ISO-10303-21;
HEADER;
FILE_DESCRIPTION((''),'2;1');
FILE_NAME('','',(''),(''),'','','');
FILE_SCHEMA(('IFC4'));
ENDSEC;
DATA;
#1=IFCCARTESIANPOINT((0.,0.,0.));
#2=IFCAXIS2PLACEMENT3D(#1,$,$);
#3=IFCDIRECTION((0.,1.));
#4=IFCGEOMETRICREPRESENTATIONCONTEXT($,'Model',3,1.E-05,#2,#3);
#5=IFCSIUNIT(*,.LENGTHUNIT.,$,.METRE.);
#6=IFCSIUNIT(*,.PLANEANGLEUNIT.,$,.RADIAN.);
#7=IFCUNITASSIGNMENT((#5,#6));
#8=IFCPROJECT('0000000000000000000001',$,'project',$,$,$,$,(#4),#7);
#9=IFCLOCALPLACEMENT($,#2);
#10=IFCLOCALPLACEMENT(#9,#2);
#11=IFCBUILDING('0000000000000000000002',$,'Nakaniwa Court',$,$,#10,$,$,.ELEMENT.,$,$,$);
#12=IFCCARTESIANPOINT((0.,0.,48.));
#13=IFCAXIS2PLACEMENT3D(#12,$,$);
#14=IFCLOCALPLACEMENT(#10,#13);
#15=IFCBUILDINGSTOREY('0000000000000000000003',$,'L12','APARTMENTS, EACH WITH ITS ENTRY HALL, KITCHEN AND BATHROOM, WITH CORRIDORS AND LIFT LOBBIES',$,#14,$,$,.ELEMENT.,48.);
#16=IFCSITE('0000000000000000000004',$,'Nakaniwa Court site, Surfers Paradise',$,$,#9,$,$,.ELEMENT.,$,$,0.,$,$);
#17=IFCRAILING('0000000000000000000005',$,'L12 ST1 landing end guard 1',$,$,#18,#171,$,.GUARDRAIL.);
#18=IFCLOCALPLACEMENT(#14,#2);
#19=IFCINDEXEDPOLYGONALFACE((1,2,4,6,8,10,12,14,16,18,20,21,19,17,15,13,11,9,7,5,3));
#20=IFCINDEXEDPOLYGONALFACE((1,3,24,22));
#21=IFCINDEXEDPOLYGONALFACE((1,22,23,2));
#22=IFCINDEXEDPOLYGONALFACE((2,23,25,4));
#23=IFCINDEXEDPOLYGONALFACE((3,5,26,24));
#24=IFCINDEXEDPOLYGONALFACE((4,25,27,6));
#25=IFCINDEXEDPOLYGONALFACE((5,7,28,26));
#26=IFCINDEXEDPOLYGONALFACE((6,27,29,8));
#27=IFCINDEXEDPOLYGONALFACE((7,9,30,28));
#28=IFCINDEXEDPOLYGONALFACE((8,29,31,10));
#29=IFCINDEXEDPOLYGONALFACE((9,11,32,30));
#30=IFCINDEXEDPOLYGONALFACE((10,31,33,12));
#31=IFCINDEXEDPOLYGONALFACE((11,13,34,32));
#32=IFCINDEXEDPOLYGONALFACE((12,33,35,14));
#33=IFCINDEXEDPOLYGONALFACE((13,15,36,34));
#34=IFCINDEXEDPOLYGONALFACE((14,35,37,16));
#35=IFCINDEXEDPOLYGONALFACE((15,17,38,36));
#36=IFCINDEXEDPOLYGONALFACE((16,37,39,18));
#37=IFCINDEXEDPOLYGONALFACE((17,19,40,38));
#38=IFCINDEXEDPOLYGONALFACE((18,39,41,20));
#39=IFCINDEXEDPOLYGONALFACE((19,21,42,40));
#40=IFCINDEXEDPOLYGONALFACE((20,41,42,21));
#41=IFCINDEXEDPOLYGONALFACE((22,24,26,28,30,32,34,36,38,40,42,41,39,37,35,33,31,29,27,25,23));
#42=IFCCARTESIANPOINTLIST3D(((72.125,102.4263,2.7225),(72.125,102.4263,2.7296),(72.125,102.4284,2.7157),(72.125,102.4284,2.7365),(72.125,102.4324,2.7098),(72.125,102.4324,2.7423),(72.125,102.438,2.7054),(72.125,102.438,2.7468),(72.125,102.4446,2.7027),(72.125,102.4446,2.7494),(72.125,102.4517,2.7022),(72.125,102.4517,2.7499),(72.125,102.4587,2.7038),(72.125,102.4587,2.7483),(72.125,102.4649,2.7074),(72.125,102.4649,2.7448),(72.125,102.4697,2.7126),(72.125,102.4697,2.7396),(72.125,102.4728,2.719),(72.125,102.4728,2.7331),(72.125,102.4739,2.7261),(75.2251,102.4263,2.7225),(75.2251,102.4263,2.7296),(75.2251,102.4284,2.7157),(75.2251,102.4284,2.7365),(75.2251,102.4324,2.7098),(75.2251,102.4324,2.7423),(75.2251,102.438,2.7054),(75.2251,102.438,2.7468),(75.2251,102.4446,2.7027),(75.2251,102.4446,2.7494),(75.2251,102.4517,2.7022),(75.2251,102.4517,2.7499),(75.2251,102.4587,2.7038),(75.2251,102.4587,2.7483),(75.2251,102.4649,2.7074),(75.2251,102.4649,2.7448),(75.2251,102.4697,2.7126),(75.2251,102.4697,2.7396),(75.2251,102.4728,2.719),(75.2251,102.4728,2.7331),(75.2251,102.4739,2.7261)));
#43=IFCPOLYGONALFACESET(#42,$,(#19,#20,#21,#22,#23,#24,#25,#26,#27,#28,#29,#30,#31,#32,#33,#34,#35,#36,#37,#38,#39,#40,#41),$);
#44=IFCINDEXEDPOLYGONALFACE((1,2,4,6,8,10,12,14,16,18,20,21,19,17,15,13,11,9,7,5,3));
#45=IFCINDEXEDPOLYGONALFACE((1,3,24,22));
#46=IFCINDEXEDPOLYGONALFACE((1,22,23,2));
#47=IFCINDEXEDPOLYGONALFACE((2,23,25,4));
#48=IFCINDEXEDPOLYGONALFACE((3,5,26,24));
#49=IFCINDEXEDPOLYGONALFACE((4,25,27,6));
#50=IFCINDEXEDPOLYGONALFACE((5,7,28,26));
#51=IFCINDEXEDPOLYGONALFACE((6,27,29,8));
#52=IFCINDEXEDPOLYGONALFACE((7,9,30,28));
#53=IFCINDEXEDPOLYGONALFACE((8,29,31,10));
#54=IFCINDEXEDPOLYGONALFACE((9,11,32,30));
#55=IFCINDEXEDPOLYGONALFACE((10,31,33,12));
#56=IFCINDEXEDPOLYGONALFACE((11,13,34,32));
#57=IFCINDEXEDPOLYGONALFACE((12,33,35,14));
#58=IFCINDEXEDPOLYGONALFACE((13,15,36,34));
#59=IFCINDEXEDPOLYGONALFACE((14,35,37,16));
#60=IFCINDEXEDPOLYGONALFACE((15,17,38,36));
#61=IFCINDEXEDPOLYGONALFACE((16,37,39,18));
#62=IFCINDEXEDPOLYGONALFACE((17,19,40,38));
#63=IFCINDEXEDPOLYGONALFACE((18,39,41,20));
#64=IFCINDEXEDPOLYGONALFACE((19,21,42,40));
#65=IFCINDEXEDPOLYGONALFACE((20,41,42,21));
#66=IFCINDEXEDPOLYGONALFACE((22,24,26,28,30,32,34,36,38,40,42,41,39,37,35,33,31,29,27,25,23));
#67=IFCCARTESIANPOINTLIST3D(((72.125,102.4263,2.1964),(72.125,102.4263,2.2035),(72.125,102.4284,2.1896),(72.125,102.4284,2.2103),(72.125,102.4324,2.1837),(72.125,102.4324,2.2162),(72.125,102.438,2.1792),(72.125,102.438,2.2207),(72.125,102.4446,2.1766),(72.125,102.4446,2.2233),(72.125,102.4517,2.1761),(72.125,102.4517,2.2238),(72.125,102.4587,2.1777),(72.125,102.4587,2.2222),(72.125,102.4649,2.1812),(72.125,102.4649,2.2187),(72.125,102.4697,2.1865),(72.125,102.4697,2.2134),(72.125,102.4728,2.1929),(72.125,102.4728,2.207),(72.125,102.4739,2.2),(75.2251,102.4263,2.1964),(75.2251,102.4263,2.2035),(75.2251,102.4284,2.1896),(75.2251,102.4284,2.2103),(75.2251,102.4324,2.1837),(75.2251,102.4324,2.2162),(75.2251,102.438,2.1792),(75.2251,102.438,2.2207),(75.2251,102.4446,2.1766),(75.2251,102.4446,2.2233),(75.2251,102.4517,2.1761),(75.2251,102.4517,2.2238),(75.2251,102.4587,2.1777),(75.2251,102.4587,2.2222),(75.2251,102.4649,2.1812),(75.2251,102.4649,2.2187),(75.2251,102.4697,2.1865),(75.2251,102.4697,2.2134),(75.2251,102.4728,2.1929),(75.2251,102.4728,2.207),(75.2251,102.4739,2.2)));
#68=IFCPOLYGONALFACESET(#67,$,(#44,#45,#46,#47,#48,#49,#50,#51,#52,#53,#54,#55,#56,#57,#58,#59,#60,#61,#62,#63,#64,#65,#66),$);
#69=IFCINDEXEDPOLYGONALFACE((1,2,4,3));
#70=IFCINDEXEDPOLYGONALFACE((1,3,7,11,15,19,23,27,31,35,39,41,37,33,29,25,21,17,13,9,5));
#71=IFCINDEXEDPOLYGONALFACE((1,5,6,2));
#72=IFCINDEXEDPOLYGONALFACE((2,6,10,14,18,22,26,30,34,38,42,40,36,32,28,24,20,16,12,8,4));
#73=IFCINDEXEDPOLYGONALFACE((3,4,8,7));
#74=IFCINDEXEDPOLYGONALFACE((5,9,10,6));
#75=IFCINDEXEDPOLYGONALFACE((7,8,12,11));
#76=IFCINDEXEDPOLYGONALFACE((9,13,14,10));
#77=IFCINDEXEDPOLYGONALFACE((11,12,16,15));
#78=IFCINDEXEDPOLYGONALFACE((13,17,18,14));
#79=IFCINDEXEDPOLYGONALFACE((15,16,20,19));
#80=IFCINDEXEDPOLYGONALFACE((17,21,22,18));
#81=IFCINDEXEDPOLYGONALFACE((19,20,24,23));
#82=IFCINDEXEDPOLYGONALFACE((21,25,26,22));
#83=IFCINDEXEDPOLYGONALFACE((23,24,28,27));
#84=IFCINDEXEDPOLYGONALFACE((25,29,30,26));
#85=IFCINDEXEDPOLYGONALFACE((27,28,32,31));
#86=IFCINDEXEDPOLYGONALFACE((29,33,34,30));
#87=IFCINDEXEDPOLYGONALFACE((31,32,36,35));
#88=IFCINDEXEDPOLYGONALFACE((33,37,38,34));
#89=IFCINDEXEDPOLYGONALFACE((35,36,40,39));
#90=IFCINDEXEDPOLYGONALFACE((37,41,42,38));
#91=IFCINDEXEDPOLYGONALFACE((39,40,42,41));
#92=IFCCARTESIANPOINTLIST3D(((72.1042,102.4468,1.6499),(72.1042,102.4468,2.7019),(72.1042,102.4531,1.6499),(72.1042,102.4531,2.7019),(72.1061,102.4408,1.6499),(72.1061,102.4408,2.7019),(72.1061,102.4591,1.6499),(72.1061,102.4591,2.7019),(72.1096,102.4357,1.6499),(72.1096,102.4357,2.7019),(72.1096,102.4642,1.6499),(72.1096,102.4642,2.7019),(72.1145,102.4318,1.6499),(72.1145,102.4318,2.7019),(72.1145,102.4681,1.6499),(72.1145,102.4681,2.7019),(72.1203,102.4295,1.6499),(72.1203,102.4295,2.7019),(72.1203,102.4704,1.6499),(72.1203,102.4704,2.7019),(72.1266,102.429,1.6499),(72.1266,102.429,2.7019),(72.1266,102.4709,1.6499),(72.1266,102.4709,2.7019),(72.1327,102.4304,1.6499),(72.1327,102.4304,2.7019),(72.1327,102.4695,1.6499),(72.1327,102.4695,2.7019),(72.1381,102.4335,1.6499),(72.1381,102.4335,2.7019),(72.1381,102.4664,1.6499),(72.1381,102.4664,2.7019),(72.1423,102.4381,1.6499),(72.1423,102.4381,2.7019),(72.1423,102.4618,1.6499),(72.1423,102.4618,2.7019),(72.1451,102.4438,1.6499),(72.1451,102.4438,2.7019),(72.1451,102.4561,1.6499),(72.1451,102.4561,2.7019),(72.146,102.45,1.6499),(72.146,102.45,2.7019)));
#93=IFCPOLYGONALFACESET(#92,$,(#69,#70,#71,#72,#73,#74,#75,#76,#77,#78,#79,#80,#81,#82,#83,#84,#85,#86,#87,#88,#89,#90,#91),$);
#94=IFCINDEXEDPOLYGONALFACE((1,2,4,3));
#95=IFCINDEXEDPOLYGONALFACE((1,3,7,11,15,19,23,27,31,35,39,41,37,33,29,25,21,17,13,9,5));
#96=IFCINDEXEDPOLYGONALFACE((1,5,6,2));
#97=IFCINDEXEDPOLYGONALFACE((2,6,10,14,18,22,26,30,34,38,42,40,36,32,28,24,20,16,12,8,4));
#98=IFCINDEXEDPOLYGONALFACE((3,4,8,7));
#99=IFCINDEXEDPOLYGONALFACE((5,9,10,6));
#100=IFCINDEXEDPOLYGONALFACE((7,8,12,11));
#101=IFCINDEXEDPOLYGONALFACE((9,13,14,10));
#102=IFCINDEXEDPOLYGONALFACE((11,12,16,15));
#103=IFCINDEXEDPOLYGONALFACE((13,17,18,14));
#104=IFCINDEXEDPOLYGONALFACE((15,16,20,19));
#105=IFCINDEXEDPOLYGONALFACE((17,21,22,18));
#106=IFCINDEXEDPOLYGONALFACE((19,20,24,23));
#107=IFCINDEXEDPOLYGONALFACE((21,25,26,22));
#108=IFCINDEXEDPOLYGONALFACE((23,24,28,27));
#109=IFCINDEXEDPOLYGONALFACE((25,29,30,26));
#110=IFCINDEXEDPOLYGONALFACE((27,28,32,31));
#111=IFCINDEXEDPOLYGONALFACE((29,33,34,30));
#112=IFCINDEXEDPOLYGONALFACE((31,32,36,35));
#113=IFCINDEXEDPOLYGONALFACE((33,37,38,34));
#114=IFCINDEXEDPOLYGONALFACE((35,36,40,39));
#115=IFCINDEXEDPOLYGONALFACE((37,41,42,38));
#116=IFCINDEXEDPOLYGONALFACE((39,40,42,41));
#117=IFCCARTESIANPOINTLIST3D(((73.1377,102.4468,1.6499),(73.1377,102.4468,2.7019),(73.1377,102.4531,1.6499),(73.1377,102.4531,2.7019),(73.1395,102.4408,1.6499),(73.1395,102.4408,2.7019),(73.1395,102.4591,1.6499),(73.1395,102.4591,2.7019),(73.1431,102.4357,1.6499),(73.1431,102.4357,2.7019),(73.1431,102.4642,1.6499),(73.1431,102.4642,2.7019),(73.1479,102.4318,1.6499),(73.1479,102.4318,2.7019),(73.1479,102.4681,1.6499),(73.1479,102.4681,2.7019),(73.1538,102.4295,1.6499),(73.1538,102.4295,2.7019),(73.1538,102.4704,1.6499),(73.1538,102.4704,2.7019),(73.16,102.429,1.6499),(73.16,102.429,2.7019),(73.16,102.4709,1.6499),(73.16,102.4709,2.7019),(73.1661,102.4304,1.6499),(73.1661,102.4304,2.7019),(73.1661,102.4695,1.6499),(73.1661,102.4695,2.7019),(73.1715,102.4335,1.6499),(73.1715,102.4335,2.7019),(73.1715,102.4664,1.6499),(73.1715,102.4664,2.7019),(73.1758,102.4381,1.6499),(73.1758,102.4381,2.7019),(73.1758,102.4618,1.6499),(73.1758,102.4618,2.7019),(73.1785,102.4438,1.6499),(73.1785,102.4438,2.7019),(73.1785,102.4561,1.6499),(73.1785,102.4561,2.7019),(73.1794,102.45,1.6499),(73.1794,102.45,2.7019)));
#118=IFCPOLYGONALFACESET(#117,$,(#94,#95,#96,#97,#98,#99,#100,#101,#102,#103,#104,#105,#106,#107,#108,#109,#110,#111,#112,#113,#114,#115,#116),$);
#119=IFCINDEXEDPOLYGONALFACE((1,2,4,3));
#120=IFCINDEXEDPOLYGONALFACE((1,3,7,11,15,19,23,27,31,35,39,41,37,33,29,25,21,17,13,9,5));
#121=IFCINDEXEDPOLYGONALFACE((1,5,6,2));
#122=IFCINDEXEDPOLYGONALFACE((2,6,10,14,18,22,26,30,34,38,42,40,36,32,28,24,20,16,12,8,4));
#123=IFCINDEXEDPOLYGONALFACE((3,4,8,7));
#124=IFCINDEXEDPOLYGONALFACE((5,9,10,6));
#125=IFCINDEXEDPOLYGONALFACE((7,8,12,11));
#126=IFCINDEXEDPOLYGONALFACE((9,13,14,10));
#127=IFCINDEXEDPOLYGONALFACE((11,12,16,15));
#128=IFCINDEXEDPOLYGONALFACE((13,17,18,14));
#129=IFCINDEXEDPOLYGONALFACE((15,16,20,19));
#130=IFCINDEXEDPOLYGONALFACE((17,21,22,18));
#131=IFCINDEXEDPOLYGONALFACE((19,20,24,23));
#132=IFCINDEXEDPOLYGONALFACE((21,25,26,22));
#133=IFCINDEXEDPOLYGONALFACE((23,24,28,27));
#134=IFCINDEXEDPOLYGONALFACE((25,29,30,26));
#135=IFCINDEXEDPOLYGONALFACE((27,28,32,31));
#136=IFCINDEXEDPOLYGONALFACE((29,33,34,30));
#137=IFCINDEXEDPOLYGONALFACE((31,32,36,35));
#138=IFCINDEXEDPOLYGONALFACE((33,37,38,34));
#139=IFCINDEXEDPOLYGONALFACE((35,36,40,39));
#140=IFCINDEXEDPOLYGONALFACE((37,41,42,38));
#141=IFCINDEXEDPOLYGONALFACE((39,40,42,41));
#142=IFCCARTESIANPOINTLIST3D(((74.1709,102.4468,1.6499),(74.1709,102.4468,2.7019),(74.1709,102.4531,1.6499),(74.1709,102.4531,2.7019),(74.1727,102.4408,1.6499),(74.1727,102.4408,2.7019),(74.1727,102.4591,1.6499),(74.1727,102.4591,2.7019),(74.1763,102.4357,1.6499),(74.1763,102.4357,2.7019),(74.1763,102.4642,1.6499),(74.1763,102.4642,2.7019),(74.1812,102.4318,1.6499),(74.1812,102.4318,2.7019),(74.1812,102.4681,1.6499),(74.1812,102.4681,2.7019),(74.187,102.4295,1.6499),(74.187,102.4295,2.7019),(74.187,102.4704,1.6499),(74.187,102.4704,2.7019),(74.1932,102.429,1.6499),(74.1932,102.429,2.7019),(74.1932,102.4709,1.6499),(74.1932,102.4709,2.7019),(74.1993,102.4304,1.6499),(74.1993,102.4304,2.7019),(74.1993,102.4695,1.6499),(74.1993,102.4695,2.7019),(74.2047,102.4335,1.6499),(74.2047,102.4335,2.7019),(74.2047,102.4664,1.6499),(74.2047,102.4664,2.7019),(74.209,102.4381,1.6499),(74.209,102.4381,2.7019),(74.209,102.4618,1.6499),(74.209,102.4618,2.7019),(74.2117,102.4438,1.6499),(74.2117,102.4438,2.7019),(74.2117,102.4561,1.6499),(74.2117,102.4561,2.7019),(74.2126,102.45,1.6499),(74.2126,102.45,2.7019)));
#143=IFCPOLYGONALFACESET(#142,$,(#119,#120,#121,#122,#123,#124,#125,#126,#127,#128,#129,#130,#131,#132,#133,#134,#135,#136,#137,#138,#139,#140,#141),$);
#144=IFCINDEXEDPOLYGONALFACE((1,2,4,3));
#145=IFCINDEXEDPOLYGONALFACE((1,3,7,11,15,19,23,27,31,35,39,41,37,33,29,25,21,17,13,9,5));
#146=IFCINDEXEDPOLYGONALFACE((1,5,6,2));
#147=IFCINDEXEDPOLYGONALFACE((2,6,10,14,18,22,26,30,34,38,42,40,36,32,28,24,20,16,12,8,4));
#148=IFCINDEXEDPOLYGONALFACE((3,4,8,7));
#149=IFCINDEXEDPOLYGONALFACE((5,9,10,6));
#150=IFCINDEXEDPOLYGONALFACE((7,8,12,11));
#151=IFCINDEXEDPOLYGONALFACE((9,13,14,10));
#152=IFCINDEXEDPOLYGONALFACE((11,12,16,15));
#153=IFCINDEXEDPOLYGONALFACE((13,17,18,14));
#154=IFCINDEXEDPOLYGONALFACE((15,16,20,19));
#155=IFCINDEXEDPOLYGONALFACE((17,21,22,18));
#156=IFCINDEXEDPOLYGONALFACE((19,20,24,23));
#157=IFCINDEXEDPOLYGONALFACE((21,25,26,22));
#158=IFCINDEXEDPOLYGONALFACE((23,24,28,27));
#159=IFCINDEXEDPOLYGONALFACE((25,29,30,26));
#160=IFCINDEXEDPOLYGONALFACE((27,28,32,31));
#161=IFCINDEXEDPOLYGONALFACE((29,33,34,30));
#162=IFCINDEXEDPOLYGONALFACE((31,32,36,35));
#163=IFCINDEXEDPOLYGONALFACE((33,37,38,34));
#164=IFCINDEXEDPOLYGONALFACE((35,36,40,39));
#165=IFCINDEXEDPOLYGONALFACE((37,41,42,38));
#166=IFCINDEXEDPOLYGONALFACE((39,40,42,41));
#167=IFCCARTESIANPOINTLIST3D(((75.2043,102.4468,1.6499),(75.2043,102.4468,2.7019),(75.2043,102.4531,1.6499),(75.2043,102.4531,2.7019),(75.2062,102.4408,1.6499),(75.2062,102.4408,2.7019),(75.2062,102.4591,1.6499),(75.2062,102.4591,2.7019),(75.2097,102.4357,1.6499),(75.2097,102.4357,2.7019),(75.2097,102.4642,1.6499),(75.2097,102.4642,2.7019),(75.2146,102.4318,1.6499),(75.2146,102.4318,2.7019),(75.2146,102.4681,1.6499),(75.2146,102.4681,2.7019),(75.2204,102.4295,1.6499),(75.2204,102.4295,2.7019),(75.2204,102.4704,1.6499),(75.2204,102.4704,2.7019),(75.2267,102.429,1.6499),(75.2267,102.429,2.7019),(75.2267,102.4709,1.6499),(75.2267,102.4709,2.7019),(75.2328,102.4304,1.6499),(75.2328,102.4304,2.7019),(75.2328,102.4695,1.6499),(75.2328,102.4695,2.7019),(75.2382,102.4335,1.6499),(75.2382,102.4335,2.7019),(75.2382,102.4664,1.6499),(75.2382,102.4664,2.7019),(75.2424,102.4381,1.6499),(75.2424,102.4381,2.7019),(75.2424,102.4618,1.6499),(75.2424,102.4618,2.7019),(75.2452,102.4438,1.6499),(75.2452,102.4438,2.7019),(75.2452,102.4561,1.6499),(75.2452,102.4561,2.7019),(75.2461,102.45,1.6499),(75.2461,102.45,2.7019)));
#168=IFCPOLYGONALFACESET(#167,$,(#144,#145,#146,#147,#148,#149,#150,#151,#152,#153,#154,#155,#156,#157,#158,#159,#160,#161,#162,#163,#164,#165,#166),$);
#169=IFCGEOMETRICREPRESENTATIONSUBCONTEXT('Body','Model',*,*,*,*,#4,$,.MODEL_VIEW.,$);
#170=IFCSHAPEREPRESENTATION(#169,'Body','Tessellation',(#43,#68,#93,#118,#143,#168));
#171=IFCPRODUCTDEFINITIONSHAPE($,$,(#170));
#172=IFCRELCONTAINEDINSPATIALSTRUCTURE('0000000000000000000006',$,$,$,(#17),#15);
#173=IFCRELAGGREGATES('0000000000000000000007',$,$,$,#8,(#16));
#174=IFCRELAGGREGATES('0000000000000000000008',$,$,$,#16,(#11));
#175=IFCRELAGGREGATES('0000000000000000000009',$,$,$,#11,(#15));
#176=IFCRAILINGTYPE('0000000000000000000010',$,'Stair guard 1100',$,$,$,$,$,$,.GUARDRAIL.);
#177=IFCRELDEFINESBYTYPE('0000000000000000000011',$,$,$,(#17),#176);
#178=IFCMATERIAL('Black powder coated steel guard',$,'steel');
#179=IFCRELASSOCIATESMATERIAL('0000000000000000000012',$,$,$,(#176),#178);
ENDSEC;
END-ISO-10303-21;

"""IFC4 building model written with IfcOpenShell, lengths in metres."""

from ifc_helpers import new_model, si_unit, direction, frame, origin, origin_2d, place, context, subcontext, project, spatial, circle, extrude, material, type_object, element, save


model = new_model("IFC4")

# Units and contexts
model_context = context("Model", 3, precision=1e-05, world=origin(), true_north=direction((0.0, 1.0)))
body_context = subcontext(model_context, "Body", "Model", "MODEL_VIEW")
ifc_project = project(units=[si_unit("LENGTHUNIT", "METRE"), si_unit("PLANEANGLEUNIT", "RADIAN")], contexts=[model_context])

# Site, building, storey
site_placement = place(None, origin())
site = spatial("IfcSite", under=ifc_project, at=site_placement, Name="Nakaniwa Court site, Surfers Paradise", CompositionType="ELEMENT", RefElevation=0.0)
building_placement = place(site_placement, origin())
building = spatial("IfcBuilding", under=site, at=building_placement, Name="Nakaniwa Court", CompositionType="ELEMENT")
storey_placement = place(building_placement, frame((0.0, 0.0, 48.0)))
storey = spatial("IfcBuildingStorey", under=building, at=storey_placement, Name="L12", Description="APARTMENTS, EACH WITH ITS ENTRY HALL, KITCHEN AND BATHROOM, WITH CORRIDORS AND LIFT LOBBIES", CompositionType="ELEMENT", Elevation=48.0)

# Railing
ifc_material_1 = material(Name="Black powder coated steel guard", Category="steel")
railing_type_1 = type_object("IfcRailingType", Name="Stair guard 1100", PredefinedType="GUARDRAIL", material=ifc_material_1)
railing_1_placement = place(storey_placement, frame((72.125, 102.45, 1.6499)))
element("IfcRailing", 1, at=railing_1_placement, inside=storey, type_object=railing_type_1, Name="L12 ST1 landing end guard 1", PredefinedType="GUARDRAIL", context=body_context, shape_type="SweptSolid", body=[
    extrude(circle(Radius=0.0239, at=origin_2d()), frame((0.0, 0.0, 1.0762), z_axis=(1.0, 0.0, 0.0), x_axis=(0.0, 1.0, 0.0)), (0.0, 0.0, 1.0), 3.1001),
    extrude(circle(Radius=0.0239, at=origin_2d()), frame((0.0, 0.0, 0.55), z_axis=(1.0, 0.0, 0.0), x_axis=(0.0, 1.0, 0.0)), (0.0, 0.0, 1.0), 3.1001),
    extrude(circle(Radius=0.021, at=origin_2d()), origin(), (0.0, 0.0, 1.0), 1.052),
    extrude(circle(Radius=0.021, at=origin_2d()), frame((1.0334, 0.0, 0.0)), (0.0, 0.0, 1.0), 1.052),
    extrude(circle(Radius=0.021, at=origin_2d()), frame((2.0667, 0.0, 0.0)), (0.0, 0.0, 1.0), 1.052),
    extrude(circle(Radius=0.021, at=origin_2d()), frame((3.1001, 0.0, 0.0)), (0.0, 0.0, 1.0), 1.052),
])

save(model, "model.ifc")
